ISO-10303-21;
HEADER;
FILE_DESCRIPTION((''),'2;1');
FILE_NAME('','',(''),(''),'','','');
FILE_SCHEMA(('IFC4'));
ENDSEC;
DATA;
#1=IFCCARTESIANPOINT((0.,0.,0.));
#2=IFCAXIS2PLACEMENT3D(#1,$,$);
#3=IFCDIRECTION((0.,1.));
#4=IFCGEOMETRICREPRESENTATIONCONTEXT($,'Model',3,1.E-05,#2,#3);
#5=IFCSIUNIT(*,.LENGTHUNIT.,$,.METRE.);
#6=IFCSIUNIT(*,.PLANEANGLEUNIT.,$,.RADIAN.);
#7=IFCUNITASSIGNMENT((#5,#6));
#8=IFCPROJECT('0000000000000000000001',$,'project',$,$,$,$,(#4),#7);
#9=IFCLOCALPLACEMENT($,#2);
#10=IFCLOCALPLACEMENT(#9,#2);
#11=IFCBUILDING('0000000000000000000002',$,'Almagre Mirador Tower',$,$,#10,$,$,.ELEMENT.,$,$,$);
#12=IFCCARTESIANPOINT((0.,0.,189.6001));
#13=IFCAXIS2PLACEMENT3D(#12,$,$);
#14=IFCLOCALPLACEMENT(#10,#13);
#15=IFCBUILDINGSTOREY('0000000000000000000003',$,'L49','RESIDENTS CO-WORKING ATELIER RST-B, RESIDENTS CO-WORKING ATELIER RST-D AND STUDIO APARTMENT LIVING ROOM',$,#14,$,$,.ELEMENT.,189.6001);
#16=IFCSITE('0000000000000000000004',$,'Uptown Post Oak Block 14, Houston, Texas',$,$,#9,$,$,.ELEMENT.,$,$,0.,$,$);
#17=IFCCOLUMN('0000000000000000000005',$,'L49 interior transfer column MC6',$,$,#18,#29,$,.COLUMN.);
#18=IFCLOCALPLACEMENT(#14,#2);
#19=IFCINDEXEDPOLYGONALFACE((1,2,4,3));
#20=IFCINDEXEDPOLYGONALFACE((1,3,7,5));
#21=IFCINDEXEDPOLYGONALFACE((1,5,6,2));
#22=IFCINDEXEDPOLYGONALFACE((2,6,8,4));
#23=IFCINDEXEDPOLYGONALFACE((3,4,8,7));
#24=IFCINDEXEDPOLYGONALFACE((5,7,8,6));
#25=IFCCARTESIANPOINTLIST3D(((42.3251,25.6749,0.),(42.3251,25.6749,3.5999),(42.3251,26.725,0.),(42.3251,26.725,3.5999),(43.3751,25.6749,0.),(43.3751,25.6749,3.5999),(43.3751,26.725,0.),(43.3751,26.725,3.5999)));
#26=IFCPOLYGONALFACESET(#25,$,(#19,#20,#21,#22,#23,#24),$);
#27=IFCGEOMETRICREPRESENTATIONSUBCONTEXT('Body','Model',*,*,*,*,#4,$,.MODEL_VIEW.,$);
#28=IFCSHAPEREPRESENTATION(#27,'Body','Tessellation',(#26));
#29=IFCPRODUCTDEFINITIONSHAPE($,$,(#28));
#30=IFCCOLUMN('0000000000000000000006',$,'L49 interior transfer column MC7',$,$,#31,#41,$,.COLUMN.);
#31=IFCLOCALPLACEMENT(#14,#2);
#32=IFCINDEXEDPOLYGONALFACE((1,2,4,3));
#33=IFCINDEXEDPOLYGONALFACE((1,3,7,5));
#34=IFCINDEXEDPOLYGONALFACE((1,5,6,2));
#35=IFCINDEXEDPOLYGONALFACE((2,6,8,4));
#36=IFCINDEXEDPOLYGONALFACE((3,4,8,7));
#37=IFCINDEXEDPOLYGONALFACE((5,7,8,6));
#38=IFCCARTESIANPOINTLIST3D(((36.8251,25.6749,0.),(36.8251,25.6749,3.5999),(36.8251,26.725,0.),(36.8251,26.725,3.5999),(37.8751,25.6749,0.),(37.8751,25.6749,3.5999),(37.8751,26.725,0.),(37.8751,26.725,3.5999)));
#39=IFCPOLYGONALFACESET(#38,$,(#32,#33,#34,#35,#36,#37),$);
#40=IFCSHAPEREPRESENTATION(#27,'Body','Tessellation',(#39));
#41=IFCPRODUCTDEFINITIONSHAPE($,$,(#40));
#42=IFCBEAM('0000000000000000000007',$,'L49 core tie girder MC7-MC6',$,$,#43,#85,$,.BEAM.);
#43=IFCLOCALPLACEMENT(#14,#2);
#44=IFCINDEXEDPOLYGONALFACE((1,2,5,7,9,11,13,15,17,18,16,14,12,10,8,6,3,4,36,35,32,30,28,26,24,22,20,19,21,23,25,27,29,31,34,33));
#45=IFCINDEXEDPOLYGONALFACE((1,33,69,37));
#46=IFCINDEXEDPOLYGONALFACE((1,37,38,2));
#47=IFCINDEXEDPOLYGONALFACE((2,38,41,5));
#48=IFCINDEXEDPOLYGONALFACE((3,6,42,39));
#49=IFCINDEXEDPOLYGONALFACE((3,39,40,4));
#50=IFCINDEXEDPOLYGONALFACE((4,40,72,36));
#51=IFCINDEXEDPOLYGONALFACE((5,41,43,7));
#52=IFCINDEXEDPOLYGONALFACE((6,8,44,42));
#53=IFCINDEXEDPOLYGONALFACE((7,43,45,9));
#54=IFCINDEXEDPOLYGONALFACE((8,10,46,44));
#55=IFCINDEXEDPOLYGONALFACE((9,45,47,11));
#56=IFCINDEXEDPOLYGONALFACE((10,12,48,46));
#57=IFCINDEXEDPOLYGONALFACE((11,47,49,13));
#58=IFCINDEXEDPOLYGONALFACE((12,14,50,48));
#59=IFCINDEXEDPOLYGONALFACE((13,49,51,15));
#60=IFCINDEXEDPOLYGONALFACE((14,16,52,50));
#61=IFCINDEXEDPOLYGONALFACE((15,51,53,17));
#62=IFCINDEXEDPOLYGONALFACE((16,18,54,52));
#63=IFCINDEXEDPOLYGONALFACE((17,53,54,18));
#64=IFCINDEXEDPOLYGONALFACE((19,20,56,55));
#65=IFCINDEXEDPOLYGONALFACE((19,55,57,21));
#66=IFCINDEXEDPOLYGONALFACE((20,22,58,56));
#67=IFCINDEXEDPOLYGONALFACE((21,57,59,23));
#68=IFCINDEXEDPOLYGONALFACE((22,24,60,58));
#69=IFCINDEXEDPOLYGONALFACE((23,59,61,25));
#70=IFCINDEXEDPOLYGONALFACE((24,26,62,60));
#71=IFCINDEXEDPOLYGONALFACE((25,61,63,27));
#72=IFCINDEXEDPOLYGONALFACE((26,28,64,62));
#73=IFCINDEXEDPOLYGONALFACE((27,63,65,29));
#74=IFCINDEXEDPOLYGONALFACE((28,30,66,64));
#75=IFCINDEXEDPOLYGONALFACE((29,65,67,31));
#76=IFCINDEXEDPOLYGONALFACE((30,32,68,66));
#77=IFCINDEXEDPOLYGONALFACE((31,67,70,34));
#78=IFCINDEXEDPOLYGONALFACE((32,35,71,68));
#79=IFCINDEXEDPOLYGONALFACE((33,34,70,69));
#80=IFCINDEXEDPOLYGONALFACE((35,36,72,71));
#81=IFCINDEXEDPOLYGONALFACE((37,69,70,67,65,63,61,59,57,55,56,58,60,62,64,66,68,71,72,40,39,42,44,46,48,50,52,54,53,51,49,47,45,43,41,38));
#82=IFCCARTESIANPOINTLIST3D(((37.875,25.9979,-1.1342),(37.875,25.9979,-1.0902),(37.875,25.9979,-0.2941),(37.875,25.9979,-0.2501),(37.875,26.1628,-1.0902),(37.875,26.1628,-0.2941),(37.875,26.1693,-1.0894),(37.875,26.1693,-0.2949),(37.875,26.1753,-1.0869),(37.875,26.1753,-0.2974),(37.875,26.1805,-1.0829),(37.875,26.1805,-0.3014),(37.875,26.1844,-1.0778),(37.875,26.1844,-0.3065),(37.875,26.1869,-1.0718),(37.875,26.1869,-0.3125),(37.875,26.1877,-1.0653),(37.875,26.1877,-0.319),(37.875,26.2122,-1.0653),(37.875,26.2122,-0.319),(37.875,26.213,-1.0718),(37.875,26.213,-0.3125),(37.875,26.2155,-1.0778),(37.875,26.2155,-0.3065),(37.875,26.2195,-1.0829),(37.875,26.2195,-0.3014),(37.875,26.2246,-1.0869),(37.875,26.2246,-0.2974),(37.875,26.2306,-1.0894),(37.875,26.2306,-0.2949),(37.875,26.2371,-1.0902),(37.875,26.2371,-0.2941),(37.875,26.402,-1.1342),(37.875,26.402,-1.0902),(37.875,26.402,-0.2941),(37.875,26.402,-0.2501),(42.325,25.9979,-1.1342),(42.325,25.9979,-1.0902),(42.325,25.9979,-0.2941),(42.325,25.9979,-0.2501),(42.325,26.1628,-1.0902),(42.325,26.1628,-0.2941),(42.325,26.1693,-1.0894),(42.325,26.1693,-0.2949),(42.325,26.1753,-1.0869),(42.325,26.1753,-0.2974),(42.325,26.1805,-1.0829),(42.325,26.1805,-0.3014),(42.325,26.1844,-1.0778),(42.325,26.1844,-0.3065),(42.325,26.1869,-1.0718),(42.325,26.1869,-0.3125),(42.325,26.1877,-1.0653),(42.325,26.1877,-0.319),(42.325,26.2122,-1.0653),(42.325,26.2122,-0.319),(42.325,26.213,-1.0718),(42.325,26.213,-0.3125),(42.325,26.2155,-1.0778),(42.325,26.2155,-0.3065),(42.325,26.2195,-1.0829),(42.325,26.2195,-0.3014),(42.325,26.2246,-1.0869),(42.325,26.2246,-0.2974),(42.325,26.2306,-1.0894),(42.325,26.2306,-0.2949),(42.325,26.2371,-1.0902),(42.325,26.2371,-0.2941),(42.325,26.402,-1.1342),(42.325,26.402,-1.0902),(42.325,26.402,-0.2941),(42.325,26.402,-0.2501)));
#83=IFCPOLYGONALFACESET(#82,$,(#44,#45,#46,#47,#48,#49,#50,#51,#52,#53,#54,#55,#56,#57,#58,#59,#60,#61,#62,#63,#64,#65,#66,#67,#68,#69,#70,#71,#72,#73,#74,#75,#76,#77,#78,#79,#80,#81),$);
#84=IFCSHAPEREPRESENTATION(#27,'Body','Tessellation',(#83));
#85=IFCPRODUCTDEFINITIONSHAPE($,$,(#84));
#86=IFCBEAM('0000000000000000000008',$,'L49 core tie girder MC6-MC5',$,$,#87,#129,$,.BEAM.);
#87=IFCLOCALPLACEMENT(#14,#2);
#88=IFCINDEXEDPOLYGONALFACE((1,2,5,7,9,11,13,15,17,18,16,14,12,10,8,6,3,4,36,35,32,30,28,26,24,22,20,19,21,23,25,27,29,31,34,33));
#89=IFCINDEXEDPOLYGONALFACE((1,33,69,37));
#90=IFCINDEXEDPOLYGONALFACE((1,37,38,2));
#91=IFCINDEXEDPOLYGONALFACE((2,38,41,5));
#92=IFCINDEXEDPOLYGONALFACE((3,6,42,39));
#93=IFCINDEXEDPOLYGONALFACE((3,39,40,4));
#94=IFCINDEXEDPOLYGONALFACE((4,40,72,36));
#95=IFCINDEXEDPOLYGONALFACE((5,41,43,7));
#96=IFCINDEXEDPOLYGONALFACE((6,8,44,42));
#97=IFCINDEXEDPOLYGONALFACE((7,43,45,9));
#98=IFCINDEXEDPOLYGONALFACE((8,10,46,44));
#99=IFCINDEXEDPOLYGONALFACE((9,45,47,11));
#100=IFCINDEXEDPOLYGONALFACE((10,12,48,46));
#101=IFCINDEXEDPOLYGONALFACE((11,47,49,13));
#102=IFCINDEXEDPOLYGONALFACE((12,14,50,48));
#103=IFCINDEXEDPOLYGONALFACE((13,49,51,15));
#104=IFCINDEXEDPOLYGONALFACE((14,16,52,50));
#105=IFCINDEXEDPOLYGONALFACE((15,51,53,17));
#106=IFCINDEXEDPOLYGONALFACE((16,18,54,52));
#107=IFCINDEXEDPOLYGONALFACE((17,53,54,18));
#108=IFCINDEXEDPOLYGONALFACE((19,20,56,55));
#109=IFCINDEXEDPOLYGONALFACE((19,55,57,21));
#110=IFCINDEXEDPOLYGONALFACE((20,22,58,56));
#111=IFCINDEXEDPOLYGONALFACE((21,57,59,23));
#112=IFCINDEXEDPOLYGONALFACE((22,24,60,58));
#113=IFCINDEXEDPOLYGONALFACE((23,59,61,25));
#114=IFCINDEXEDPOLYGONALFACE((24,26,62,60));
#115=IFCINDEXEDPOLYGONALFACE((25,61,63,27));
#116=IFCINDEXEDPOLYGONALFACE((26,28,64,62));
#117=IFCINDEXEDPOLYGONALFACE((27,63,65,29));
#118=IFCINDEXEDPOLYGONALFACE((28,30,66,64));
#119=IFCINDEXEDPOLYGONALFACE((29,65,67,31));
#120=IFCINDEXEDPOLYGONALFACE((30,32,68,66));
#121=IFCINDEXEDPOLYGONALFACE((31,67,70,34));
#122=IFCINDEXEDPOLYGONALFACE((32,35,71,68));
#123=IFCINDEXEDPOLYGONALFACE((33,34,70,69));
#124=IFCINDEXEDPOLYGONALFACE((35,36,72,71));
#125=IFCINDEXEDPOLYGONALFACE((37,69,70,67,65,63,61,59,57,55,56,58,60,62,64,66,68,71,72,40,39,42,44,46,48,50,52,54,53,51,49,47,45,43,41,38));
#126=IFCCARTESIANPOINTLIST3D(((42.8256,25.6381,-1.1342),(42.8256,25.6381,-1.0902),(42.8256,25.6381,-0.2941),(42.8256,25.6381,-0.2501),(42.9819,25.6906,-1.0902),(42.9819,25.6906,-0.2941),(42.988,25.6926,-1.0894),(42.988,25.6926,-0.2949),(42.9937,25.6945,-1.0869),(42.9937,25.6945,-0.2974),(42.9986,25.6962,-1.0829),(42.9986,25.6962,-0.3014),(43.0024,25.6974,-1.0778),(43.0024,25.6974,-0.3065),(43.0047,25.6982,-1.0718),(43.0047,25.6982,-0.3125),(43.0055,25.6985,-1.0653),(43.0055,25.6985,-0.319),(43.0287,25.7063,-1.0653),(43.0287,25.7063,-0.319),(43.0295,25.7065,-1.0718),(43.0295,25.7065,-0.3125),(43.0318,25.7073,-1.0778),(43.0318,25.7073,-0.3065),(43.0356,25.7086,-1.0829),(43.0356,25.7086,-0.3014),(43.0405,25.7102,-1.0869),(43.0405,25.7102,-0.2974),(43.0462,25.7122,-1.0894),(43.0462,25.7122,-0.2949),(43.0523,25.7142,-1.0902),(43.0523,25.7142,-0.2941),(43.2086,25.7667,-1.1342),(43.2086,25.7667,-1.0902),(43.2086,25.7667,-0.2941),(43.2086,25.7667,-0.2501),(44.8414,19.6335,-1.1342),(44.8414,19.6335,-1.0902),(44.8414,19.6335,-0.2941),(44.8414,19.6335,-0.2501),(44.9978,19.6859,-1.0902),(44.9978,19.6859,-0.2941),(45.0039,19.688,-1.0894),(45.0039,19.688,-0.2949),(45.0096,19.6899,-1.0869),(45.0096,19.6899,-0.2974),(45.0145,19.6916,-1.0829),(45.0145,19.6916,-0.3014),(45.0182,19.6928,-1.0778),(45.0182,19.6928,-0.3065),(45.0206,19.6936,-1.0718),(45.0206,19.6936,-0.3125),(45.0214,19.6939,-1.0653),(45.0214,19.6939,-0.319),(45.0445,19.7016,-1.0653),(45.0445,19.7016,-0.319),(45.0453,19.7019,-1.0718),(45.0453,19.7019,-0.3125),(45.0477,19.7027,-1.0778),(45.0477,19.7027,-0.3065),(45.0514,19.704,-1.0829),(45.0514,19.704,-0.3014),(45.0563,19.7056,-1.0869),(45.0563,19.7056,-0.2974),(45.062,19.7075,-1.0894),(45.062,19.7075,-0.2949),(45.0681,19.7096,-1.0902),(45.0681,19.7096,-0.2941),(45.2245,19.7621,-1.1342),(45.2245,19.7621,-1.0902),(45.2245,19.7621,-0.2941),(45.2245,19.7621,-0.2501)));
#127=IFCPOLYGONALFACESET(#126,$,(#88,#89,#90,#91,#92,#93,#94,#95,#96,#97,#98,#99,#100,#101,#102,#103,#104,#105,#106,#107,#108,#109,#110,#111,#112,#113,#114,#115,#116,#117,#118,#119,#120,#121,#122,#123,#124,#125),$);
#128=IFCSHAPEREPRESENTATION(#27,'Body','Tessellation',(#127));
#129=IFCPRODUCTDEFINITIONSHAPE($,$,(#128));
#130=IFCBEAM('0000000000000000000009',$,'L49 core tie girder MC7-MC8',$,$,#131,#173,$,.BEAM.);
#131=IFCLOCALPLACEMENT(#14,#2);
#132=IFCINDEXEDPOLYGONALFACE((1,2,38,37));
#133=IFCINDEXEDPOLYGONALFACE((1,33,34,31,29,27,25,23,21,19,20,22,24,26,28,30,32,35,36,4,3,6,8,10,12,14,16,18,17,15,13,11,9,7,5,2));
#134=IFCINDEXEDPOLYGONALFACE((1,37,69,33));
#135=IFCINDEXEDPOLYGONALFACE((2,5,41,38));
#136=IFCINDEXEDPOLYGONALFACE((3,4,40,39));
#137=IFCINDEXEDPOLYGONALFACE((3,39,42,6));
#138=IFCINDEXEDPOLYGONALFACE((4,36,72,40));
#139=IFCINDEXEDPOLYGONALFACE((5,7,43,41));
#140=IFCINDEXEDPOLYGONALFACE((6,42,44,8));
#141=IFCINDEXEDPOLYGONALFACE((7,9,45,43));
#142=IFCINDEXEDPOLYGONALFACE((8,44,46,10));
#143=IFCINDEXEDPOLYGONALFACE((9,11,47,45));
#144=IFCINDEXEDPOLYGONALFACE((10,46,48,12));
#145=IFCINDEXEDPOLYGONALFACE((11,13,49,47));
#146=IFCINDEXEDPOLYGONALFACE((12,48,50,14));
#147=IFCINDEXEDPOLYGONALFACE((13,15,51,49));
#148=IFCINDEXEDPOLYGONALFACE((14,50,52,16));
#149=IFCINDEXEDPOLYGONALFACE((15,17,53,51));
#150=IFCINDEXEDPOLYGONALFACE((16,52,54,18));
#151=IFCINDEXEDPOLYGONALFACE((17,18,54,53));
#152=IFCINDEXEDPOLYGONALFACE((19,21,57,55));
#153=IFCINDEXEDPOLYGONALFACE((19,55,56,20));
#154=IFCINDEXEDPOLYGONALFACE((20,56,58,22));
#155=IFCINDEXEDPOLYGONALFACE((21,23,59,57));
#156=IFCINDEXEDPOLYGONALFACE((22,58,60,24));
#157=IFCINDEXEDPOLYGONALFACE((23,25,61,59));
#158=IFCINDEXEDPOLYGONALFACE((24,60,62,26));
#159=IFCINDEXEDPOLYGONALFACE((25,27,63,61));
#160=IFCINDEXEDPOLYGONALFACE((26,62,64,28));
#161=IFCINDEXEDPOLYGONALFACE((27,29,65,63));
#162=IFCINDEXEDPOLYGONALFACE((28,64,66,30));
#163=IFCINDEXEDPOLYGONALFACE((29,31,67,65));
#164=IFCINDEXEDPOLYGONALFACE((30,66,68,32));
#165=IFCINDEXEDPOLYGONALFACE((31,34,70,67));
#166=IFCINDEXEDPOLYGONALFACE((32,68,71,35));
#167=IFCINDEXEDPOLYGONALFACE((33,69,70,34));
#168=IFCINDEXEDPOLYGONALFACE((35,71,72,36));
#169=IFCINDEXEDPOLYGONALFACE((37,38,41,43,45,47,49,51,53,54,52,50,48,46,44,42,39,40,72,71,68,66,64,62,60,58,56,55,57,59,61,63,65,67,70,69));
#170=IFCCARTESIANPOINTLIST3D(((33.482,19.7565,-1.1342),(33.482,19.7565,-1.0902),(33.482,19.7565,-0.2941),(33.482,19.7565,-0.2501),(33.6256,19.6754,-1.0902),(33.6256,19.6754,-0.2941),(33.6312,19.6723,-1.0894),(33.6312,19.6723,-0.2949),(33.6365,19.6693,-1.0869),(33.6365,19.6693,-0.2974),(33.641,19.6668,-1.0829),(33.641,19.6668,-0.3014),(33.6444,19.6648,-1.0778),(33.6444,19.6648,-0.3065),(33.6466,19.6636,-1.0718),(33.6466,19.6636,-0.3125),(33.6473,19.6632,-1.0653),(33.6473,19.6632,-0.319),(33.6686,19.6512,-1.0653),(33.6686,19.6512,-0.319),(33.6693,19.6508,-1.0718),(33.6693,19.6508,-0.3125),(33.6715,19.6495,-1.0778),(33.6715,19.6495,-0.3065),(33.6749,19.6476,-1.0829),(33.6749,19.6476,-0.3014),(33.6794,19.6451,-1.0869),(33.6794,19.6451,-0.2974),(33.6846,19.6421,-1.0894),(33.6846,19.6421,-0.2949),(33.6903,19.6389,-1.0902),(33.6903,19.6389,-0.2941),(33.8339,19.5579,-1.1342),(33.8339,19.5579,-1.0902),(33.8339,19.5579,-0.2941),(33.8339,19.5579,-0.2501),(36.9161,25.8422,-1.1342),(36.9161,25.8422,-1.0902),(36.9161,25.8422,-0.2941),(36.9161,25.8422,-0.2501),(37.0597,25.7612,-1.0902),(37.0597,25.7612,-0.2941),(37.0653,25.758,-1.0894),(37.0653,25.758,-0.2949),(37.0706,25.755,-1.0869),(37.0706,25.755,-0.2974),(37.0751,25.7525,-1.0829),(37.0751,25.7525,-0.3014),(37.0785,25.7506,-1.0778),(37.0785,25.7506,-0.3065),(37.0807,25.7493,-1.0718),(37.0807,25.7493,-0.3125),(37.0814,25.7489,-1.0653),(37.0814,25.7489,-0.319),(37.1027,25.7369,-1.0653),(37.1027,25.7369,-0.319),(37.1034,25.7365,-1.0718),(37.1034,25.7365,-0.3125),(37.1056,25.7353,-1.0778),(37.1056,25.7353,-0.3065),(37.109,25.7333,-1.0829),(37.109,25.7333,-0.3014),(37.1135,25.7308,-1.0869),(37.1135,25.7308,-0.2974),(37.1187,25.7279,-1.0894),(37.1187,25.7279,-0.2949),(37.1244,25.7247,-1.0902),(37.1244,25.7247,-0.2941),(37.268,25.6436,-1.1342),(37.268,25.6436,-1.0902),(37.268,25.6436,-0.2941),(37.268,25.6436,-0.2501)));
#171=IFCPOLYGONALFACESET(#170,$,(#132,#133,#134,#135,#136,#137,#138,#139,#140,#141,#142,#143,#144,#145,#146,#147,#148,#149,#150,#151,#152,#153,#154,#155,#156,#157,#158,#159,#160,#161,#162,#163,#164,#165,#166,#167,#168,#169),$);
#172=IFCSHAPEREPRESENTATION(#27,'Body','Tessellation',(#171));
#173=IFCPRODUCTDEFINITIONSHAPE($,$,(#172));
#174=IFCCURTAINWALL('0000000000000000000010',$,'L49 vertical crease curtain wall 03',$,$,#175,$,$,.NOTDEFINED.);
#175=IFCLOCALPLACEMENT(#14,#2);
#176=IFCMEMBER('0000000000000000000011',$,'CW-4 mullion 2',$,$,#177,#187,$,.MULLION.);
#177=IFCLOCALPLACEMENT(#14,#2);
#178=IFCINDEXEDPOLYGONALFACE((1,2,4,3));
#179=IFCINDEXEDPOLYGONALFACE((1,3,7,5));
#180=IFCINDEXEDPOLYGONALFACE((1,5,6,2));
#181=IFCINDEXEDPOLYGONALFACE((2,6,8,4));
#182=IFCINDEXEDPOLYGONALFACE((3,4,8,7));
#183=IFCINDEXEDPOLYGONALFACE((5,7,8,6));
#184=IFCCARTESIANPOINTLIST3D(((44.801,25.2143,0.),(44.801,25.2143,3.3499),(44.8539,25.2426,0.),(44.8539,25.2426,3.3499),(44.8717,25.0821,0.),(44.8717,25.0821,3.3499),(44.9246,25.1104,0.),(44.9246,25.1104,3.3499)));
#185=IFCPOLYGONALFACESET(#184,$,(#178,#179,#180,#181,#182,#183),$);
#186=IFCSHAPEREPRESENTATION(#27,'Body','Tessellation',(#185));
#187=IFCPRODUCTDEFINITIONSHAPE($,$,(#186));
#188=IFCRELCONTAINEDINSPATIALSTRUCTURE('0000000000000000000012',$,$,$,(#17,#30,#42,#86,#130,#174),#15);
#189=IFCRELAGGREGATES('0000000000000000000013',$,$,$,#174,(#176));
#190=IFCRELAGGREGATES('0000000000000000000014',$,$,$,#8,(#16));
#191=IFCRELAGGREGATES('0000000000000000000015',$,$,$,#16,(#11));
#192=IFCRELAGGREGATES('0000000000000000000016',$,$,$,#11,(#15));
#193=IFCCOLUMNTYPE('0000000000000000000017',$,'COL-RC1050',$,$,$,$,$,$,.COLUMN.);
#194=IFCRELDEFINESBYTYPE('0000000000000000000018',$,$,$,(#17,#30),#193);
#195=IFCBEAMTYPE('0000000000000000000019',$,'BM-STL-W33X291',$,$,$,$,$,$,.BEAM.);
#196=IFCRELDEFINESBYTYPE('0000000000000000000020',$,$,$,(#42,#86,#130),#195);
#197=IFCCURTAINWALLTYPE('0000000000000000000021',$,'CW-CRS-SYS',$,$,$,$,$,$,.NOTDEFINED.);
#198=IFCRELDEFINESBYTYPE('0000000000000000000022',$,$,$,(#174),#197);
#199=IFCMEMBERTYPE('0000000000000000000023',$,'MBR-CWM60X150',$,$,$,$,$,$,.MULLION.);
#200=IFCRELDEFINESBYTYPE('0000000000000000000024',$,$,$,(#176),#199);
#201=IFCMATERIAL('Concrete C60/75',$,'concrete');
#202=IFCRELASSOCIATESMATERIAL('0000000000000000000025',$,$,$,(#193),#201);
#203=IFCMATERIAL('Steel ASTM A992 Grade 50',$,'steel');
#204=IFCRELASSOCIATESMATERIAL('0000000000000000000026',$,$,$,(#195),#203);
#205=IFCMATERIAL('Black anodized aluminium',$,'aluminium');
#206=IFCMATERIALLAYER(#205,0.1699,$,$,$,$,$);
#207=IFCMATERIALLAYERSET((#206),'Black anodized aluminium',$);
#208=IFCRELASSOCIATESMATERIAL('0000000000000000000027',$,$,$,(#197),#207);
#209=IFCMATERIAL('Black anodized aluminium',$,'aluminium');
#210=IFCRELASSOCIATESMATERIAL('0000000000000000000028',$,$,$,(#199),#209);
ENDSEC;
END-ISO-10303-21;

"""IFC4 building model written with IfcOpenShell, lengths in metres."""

from ifc_helpers import new_model, si_unit, direction, frame, origin, origin_2d, place, context, subcontext, project, spatial, rectangle, i_section, extrude, material, layer, layer_set, material_profile, profile_set, type_object, element, aggregate, save


model = new_model("IFC4")

# Units and contexts
model_context = context("Model", 3, precision=1e-05, world=origin(), true_north=direction((0.0, 1.0)))
body_context = subcontext(model_context, "Body", "Model", "MODEL_VIEW")
ifc_project = project(units=[si_unit("LENGTHUNIT", "METRE"), si_unit("PLANEANGLEUNIT", "RADIAN")], contexts=[model_context])

# Site, building, storey
site_placement = place(None, origin())
site = spatial("IfcSite", under=ifc_project, at=site_placement, Name="Uptown Post Oak Block 14, Houston, Texas", CompositionType="ELEMENT", RefElevation=0.0)
building_placement = place(site_placement, origin())
building = spatial("IfcBuilding", under=site, at=building_placement, Name="Almagre Mirador Tower", CompositionType="ELEMENT")
storey_placement = place(building_placement, frame((0.0, 0.0, 189.6001)))
storey = spatial("IfcBuildingStorey", under=building, at=storey_placement, Name="L49", Description="RESIDENTS CO-WORKING ATELIER RST-B, RESIDENTS CO-WORKING ATELIER RST-D AND STUDIO APARTMENT LIVING ROOM", CompositionType="ELEMENT", Elevation=189.6001)

# Columns
ifc_material_1 = material(Name="Concrete C60/75", Category="concrete")
ifc_material_profile_1 = material_profile(ifc_material_1, rectangle(XDim=1.05, YDim=1.05, at=origin_2d()), Name="RC1050X1050")
ifc_profile_set_1 = profile_set([ifc_material_profile_1], Name="Concrete C60/75")
column_type = type_object("IfcColumnType", Name="COL-RC1050", PredefinedType="COLUMN", material=ifc_profile_set_1)
for number, where, z_axis, x_axis, name in (
    (1, (42.8501, 26.2, 0.0), (0.0, 0.0, 1.0), (1.0, 0.0, 0.0), "L49 interior transfer column MC6"),
    (2, (37.3501, 26.2, 0.0), (0.0, 0.0, 1.0), (1.0, 0.0, 0.0), "L49 interior transfer column MC7"),
):
    element("IfcColumn", number, at=place(storey_placement, frame(where, z_axis=z_axis, x_axis=x_axis)), inside=storey, type_object=column_type, Name=name, PredefinedType="COLUMN", context=body_context, shape_type="SweptSolid", body=[
        extrude(rectangle(XDim=1.05, YDim=1.05, at=origin_2d()), origin(), (0.0, 0.0, 1.0), 3.5999),
    ])

# Beams
ifc_material_2 = material(Name="Steel ASTM A992 Grade 50", Category="steel")
ifc_material_profile_2 = material_profile(ifc_material_2, i_section(OverallWidth=0.4041, OverallDepth=0.884, WebThickness=0.0244, FlangeThickness=0.0439, FilletRadius=0.0249, at=origin_2d()), Name="W33X291")
ifc_profile_set_2 = profile_set([ifc_material_profile_2], Name="Steel ASTM A992 Grade 50")
beam_type = type_object("IfcBeamType", Name="BM-STL-W33X291", PredefinedType="BEAM", material=ifc_profile_set_2)
beam_1_placement = place(storey_placement, frame((37.875, 26.2, -0.6921), z_axis=(1.0, 0.0, 0.0), x_axis=(0.0, 1.0, 0.0)))
element("IfcBeam", 3, at=beam_1_placement, inside=storey, type_object=beam_type, Name="L49 core tie girder MC7-MC6", PredefinedType="BEAM", context=body_context, shape_type="SweptSolid", body=[
    extrude(i_section(OverallWidth=0.4041, OverallDepth=0.884, WebThickness=0.0244, FlangeThickness=0.0439, FilletRadius=0.0249, at=origin_2d()), origin(), (0.0, 0.0, 1.0), 4.45),
])
beam_2_placement = place(storey_placement, frame((43.0171, 25.7024, -0.6921), z_axis=(0.318262, -0.948003, 0.0), x_axis=(0.948003, 0.318262, 0.0)))
element("IfcBeam", 4, at=beam_2_placement, inside=storey, type_object=beam_type, Name="L49 core tie girder MC6-MC5", PredefinedType="BEAM", context=body_context, shape_type="SweptSolid", body=[
    extrude(i_section(OverallWidth=0.4041, OverallDepth=0.884, WebThickness=0.0244, FlangeThickness=0.0439, FilletRadius=0.0249, at=origin_2d()), origin(), (0.0, 0.0, 1.0), 6.334),
])
beam_3_placement = place(storey_placement, frame((37.092, 25.7429, -0.6921), z_axis=(-0.491444, -0.870909, 0.0), x_axis=(0.870909, -0.491444, 0.0)))
element("IfcBeam", 5, at=beam_3_placement, inside=storey, type_object=beam_type, Name="L49 core tie girder MC7-MC8", PredefinedType="BEAM", context=body_context, shape_type="SweptSolid", body=[
    extrude(i_section(OverallWidth=0.4041, OverallDepth=0.884, WebThickness=0.0244, FlangeThickness=0.0439, FilletRadius=0.0249, at=origin_2d()), origin(), (0.0, 0.0, 1.0), 6.9878),
])

# Curtain wall, member
ifc_material_3 = material(Name="Black anodized aluminium", Category="aluminium")
ifc_layer_1 = layer(ifc_material_3, 0.1699)
ifc_layer_set_1 = layer_set([ifc_layer_1], Name="Black anodized aluminium")
curtain_wall_type = type_object("IfcCurtainWallType", Name="CW-CRS-SYS", PredefinedType="NOTDEFINED", material=ifc_layer_set_1)
curtain_wall_placement = place(storey_placement, origin())
curtain_wall = element("IfcCurtainWall", 6, at=curtain_wall_placement, inside=storey, type_object=curtain_wall_type, Name="L49 vertical crease curtain wall 03", PredefinedType="NOTDEFINED")
ifc_material_4 = material(Name="Black anodized aluminium", Category="aluminium")
ifc_material_profile_3 = material_profile(ifc_material_4, rectangle(XDim=0.0601, YDim=0.1499, at=origin_2d()), Name="CWM60X150")
ifc_profile_set_3 = profile_set([ifc_material_profile_3], Name="Black anodized aluminium")
member_type_1 = type_object("IfcMemberType", Name="MBR-CWM60X150", PredefinedType="MULLION", material=ifc_profile_set_3)
member_1_placement = place(storey_placement, frame((44.8628, 25.1624, 0.0), z_axis=(0.0, 0.0, 1.0), x_axis=(0.881743, 0.47173, 0.0)))
member_1 = element("IfcMember", 7, at=member_1_placement, type_object=member_type_1, Name="CW-4 mullion 2", PredefinedType="MULLION", context=body_context, shape_type="SweptSolid", body=[
    extrude(rectangle(XDim=0.0601, YDim=0.1499, at=origin_2d()), origin(), (0.0, 0.0, 1.0), 3.3499),
])
aggregate(curtain_wall, [member_1])

save(model, "model.ifc")
